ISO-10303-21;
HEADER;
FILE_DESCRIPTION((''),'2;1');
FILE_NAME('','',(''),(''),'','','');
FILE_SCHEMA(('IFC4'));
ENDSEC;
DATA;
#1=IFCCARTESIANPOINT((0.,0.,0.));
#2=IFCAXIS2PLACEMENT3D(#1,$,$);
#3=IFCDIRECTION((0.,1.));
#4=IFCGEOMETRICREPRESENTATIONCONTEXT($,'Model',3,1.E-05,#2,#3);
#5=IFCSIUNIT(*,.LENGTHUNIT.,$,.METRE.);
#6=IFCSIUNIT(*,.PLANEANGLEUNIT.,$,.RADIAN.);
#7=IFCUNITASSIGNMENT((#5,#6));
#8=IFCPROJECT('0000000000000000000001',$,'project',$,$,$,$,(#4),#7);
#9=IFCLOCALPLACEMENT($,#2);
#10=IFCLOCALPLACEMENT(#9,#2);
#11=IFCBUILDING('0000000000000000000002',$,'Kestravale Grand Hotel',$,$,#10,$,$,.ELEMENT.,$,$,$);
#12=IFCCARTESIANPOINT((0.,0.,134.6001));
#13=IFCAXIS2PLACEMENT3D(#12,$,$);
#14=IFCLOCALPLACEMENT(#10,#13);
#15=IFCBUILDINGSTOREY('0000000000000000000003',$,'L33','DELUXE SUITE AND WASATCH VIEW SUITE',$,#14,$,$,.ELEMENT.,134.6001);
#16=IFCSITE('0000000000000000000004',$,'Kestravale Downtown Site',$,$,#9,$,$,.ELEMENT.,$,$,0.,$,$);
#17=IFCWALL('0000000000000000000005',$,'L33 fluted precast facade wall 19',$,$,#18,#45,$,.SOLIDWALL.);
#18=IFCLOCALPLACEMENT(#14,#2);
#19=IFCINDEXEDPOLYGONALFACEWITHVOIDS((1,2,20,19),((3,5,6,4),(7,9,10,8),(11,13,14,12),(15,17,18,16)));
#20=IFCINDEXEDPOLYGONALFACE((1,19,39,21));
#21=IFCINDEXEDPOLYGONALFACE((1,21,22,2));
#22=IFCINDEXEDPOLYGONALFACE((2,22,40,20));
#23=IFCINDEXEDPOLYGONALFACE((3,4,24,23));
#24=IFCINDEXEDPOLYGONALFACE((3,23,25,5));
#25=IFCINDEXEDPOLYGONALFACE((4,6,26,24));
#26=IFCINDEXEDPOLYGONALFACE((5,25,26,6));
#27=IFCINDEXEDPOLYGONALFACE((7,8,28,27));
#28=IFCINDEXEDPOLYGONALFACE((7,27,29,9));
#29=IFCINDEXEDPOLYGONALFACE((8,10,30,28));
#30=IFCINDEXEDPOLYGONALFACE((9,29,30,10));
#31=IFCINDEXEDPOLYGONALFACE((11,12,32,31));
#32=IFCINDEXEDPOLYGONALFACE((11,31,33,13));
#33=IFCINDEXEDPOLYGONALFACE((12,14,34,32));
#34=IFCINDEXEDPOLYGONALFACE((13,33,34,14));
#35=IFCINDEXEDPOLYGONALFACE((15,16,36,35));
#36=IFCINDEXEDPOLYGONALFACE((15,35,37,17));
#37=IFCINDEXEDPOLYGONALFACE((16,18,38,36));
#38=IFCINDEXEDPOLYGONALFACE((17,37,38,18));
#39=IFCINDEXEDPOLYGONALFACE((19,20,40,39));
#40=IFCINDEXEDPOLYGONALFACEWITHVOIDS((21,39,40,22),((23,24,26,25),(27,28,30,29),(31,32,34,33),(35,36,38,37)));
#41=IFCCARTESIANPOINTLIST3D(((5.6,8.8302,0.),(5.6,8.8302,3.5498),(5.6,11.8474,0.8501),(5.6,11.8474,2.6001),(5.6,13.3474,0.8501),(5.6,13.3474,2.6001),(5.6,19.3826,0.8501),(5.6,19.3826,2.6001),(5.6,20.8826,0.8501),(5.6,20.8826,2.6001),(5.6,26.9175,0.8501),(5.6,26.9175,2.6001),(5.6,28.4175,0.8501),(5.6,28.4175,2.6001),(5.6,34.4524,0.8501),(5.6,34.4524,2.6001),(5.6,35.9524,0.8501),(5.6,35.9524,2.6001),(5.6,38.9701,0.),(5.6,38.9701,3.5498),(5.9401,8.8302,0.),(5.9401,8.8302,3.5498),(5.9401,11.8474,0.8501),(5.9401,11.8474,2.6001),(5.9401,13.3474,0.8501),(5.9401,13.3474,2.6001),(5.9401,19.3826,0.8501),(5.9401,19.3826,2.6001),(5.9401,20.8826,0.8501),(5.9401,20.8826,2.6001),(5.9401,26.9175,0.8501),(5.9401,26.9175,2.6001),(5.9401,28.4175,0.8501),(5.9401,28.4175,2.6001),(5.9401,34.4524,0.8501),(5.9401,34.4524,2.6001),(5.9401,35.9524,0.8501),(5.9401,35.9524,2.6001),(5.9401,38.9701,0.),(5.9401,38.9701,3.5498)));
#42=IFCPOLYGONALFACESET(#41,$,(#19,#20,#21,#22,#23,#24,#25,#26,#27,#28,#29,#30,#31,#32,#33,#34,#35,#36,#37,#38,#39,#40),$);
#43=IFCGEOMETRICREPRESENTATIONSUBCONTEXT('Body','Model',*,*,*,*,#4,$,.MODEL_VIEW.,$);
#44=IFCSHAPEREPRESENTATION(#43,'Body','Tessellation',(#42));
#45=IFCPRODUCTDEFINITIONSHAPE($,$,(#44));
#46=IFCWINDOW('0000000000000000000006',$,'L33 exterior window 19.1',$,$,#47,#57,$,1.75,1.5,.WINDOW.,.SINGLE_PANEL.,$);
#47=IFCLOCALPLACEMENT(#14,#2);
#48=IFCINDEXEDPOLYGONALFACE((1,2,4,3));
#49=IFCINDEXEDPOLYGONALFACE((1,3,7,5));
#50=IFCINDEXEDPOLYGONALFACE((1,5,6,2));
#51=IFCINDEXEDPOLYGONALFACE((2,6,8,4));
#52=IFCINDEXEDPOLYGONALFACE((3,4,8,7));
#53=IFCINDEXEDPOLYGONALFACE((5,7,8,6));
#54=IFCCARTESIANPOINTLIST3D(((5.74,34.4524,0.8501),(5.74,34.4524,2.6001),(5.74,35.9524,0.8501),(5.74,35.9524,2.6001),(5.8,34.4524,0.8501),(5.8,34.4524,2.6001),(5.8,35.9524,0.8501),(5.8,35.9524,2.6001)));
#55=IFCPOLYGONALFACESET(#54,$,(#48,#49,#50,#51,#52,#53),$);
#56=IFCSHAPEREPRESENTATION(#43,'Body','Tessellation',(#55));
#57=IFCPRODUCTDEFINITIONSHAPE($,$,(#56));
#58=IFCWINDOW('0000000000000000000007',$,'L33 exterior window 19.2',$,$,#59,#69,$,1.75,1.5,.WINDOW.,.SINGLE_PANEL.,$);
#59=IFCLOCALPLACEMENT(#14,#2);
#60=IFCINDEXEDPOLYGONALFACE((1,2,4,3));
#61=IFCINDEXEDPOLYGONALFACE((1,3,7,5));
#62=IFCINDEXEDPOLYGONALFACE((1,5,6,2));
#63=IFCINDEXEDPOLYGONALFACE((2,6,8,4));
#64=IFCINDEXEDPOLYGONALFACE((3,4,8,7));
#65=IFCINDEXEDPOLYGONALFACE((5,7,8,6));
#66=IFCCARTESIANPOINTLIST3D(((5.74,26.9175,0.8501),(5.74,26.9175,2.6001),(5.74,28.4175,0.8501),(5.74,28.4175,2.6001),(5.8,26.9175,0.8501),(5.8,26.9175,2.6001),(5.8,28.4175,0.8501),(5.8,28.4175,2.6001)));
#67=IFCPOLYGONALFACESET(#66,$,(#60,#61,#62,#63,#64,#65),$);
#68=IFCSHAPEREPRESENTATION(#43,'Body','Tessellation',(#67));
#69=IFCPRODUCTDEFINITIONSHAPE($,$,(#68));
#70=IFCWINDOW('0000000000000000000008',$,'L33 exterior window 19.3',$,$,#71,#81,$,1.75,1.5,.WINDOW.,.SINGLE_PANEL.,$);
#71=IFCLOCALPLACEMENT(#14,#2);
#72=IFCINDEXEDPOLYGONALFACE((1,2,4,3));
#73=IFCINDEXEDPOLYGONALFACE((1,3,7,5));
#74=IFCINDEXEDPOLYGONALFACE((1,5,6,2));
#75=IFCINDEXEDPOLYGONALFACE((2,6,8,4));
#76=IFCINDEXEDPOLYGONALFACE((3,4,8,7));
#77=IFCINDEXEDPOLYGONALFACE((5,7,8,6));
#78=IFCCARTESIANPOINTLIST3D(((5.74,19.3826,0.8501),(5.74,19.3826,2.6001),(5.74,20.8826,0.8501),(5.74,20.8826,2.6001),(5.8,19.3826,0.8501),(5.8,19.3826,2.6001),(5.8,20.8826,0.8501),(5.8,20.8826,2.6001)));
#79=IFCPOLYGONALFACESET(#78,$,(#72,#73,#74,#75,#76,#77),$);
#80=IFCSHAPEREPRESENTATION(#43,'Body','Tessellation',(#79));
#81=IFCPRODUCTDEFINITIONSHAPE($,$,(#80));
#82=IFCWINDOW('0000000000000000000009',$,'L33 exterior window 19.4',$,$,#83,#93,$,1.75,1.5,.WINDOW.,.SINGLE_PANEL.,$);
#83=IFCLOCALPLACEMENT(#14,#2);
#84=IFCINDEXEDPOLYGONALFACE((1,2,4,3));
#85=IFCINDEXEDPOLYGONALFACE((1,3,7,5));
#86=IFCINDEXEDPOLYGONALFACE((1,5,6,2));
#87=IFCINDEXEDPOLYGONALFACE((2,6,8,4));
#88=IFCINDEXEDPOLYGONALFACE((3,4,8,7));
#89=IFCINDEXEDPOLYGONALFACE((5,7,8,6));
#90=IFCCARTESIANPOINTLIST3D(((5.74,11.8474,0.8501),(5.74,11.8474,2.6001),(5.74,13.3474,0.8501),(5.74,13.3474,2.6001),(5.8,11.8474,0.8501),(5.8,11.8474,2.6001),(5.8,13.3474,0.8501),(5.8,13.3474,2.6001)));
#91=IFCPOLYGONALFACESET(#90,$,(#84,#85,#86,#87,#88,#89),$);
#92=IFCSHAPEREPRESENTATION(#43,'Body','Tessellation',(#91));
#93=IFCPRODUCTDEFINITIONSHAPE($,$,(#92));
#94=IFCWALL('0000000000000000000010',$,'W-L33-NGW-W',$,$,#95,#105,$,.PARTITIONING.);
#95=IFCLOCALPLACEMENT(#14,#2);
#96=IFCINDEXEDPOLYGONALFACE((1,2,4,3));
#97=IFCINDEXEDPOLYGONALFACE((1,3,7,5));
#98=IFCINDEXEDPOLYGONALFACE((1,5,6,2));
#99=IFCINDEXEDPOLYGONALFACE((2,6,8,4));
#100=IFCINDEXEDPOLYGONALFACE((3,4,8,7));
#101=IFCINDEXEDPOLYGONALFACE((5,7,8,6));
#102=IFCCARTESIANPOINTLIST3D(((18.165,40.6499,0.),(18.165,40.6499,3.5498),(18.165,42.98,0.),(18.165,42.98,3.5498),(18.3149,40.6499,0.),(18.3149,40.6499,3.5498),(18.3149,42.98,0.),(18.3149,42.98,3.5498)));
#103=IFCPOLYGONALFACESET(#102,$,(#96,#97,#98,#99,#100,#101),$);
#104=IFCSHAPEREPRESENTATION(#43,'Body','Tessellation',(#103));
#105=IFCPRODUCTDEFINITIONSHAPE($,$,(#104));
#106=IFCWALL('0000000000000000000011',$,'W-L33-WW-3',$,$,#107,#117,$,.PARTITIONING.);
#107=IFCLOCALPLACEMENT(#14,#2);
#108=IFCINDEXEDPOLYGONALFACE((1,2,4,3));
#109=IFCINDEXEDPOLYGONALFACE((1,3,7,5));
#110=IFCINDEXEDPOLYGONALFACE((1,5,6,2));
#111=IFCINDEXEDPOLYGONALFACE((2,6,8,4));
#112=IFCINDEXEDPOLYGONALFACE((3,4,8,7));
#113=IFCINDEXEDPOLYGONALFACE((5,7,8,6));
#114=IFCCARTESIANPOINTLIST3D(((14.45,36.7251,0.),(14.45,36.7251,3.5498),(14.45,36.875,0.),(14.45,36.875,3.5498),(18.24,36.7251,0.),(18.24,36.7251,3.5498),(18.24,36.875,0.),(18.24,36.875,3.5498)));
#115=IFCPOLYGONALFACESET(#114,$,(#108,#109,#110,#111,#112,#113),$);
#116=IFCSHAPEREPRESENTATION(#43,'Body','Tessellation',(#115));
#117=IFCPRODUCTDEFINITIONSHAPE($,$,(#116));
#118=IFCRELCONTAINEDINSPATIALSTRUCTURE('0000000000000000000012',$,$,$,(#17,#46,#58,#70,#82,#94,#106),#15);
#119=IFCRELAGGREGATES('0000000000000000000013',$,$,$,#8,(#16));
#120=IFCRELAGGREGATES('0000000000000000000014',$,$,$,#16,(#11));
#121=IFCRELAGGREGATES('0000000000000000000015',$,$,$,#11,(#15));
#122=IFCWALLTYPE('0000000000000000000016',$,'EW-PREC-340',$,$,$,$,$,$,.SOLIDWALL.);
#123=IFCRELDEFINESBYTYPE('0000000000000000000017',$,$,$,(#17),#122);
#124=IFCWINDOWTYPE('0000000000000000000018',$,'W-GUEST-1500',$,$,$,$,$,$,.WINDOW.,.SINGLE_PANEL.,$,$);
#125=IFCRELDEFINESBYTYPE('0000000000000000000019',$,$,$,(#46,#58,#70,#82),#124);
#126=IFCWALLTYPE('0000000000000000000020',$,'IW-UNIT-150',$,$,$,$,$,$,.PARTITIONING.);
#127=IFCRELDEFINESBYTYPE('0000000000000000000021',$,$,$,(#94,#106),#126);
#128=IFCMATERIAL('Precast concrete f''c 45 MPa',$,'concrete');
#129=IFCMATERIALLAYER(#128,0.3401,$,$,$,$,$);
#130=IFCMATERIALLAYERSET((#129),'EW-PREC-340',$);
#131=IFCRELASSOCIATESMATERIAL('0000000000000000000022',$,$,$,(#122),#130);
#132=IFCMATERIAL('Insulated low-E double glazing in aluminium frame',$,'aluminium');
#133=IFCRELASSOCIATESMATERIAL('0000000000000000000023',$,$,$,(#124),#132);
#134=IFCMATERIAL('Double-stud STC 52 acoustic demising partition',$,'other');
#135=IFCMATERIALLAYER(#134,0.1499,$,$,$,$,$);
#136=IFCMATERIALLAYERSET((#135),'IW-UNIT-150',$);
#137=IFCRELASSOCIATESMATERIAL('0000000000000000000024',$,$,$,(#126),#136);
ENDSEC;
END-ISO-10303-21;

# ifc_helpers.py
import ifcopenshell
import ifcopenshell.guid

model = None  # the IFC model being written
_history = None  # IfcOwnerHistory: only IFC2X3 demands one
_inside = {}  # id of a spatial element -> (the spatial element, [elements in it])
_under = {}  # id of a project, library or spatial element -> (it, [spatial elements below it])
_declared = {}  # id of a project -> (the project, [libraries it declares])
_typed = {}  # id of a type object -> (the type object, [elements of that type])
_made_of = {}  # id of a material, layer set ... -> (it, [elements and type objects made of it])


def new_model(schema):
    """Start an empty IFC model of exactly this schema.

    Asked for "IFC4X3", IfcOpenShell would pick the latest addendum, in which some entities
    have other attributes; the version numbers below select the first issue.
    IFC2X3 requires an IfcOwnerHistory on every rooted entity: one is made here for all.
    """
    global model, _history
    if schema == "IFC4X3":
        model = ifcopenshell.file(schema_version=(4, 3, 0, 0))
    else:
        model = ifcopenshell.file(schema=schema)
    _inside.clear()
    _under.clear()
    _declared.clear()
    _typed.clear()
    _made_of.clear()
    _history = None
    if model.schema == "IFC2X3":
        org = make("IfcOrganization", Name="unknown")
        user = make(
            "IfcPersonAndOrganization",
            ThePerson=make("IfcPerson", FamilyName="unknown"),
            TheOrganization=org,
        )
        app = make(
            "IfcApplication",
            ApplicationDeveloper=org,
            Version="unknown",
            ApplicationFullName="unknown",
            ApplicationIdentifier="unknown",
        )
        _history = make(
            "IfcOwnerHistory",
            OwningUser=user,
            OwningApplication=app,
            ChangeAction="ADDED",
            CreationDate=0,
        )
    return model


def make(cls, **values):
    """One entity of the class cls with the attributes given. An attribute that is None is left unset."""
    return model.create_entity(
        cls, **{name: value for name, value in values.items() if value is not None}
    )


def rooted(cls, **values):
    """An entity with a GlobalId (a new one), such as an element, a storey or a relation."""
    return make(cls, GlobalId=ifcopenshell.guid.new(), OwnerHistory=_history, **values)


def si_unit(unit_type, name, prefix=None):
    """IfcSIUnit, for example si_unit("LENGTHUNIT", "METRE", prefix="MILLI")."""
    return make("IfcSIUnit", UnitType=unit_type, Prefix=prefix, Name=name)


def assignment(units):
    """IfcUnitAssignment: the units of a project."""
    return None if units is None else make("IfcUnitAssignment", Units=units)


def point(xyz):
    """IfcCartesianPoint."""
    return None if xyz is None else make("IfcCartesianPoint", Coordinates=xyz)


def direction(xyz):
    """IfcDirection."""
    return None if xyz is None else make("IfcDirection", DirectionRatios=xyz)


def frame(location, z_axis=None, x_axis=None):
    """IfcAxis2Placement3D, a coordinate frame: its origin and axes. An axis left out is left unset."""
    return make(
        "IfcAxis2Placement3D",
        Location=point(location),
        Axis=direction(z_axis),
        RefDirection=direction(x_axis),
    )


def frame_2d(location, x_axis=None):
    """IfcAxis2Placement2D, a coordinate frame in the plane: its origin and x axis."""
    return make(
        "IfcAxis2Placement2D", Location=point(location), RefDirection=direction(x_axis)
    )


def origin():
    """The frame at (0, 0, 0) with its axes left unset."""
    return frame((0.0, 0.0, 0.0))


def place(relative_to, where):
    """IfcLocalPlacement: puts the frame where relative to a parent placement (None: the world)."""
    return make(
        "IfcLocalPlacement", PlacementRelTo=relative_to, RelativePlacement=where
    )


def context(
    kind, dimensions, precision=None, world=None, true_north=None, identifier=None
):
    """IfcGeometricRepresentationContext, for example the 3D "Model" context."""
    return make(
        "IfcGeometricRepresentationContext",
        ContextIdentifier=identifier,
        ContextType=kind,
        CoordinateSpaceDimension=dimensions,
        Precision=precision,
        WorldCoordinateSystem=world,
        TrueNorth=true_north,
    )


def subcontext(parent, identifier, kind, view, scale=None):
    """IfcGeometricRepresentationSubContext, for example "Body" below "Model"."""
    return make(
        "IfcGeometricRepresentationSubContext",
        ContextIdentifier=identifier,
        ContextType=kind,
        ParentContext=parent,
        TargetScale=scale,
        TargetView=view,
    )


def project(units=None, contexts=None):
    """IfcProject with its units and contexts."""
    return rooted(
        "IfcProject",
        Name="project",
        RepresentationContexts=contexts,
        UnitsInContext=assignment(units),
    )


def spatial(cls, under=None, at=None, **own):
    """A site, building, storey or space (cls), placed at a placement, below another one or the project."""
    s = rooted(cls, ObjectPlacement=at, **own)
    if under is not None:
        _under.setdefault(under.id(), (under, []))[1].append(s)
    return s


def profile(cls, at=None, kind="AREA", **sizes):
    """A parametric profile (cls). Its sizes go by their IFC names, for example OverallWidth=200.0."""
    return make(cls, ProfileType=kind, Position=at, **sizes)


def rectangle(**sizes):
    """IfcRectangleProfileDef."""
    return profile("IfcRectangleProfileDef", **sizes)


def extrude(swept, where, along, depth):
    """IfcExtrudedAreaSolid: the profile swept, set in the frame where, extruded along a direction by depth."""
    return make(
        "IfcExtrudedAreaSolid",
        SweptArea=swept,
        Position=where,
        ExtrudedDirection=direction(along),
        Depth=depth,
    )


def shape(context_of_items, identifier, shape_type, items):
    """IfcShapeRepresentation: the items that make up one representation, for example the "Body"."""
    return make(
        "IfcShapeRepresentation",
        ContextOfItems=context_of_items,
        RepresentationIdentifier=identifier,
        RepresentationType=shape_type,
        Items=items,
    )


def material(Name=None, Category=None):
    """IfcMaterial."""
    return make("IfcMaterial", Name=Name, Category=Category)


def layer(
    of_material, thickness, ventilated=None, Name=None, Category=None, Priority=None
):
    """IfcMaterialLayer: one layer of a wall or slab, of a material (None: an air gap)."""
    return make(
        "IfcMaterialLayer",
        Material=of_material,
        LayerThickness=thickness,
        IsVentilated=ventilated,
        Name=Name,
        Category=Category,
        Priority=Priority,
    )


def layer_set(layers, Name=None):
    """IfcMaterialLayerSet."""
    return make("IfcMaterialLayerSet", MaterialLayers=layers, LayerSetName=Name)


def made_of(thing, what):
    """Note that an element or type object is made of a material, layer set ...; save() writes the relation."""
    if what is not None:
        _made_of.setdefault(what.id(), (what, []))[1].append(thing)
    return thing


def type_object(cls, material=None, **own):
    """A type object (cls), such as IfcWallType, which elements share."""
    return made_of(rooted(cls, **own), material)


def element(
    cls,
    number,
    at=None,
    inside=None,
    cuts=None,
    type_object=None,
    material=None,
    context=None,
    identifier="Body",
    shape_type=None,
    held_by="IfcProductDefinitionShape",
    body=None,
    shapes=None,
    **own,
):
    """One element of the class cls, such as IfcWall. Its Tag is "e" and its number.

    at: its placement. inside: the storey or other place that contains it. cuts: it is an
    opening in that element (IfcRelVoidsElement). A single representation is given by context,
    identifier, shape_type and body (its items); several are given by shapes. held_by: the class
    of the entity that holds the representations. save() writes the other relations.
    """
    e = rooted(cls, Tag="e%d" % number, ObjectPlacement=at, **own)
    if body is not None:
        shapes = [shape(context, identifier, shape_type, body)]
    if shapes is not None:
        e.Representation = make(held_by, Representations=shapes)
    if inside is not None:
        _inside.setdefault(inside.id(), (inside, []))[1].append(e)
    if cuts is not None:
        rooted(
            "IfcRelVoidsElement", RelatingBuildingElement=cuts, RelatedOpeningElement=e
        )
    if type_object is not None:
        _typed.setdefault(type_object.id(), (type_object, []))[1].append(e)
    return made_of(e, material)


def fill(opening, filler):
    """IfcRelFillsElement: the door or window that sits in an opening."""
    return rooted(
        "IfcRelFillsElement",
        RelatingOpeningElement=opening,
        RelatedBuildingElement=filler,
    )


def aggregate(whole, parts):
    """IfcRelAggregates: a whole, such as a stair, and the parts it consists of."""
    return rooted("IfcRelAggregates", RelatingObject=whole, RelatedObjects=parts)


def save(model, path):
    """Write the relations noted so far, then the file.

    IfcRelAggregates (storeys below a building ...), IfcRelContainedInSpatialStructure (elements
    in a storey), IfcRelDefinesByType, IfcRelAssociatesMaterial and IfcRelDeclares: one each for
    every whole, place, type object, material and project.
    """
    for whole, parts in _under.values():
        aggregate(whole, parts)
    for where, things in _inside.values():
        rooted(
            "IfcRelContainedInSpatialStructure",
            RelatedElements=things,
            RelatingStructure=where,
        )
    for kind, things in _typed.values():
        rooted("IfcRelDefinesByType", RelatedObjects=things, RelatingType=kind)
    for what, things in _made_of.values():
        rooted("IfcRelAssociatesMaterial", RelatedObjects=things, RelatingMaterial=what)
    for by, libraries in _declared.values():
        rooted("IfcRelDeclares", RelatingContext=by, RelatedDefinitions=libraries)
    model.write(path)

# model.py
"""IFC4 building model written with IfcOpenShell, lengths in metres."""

from ifc_helpers import new_model, si_unit, direction, frame, frame_2d, origin, place, context, subcontext, project, spatial, rectangle, extrude, material, layer, layer_set, type_object, element, fill, save


model = new_model("IFC4")

# Units and contexts
model_context = context("Model", 3, precision=1e-05, world=origin(), true_north=direction((0.0, 1.0)))
body_context = subcontext(model_context, "Body", "Model", "MODEL_VIEW")
ifc_project = project(units=[si_unit("LENGTHUNIT", "METRE"), si_unit("PLANEANGLEUNIT", "RADIAN")], contexts=[model_context])

# Site, building, storey
site_placement = place(None, origin())
site = spatial("IfcSite", under=ifc_project, at=site_placement, Name="Kestravale Downtown Site", CompositionType="ELEMENT", RefElevation=0.0)
building_placement = place(site_placement, origin())
building = spatial("IfcBuilding", under=site, at=building_placement, Name="Kestravale Grand Hotel", CompositionType="ELEMENT")
storey_placement = place(building_placement, frame((0.0, 0.0, 134.6001)))
storey = spatial("IfcBuildingStorey", under=building, at=storey_placement, Name="L33", Description="DELUXE SUITE AND WASATCH VIEW SUITE", CompositionType="ELEMENT", Elevation=134.6001)

# Wall, openings, windows
ifc_material_1 = material(Name="Precast concrete f'c 45 MPa", Category="concrete")
ifc_layer_1 = layer(ifc_material_1, 0.3401)
ifc_layer_set_1 = layer_set([ifc_layer_1], Name="EW-PREC-340")
wall_type_1 = type_object("IfcWallType", Name="EW-PREC-340", PredefinedType="SOLIDWALL", material=ifc_layer_set_1)
wall_1_placement = place(storey_placement, frame((5.77, 38.97, 0.0), z_axis=(0.0, 0.0, 1.0), x_axis=(0.0, -1.0, 0.0)))
wall_1 = element("IfcWall", 1, at=wall_1_placement, inside=storey, type_object=wall_type_1, Name="L33 fluted precast facade wall 19", PredefinedType="SOLIDWALL", context=body_context, shape_type="SweptSolid", body=[
    extrude(rectangle(XDim=30.1399, YDim=0.3401, at=frame_2d((15.0698, 0.0))), origin(), (0.0, 0.0, 1.0), 3.5498),
])
opening_1_placement = place(wall_1_placement, frame((3.0176, 0.0, 0.8501)))
opening_1 = element("IfcOpeningElement", 2, at=opening_1_placement, cuts=wall_1, PredefinedType="OPENING", context=body_context, shape_type="SweptSolid", body=[
    extrude(rectangle(XDim=1.5, YDim=1.75, at=frame_2d((0.75, 0.875))), frame((0.0, 0.1799, 0.0), z_axis=(0.0, -1.0, 0.0), x_axis=(1.0, 0.0, 0.0)), (0.0, 0.0, 1.0), 0.3601),
])
opening_2_placement = place(wall_1_placement, frame((10.5525, 0.0, 0.8501)))
opening_2 = element("IfcOpeningElement", 3, at=opening_2_placement, cuts=wall_1, PredefinedType="OPENING", context=body_context, shape_type="SweptSolid", body=[
    extrude(rectangle(XDim=1.5, YDim=1.75, at=frame_2d((0.75, 0.875))), frame((0.0, 0.1799, 0.0), z_axis=(0.0, -1.0, 0.0), x_axis=(1.0, 0.0, 0.0)), (0.0, 0.0, 1.0), 0.3601),
])
opening_3_placement = place(wall_1_placement, frame((18.0874, 0.0, 0.8501)))
opening_3 = element("IfcOpeningElement", 4, at=opening_3_placement, cuts=wall_1, PredefinedType="OPENING", context=body_context, shape_type="SweptSolid", body=[
    extrude(rectangle(XDim=1.5, YDim=1.75, at=frame_2d((0.75, 0.875))), frame((0.0, 0.1799, 0.0), z_axis=(0.0, -1.0, 0.0), x_axis=(1.0, 0.0, 0.0)), (0.0, 0.0, 1.0), 0.3601),
])
opening_4_placement = place(wall_1_placement, frame((25.6226, 0.0, 0.8501)))
opening_4 = element("IfcOpeningElement", 5, at=opening_4_placement, cuts=wall_1, PredefinedType="OPENING", context=body_context, shape_type="SweptSolid", body=[
    extrude(rectangle(XDim=1.5, YDim=1.75, at=frame_2d((0.75, 0.875))), frame((0.0, 0.1799, 0.0), z_axis=(0.0, -1.0, 0.0), x_axis=(1.0, 0.0, 0.0)), (0.0, 0.0, 1.0), 0.3601),
])
ifc_material_2 = material(Name="Insulated low-E double glazing in aluminium frame", Category="aluminium")
window_type = type_object("IfcWindowType", Name="W-GUEST-1500", PartitioningType="SINGLE_PANEL", PredefinedType="WINDOW", material=ifc_material_2)
window_1_placement = place(opening_1_placement, origin())
window_1 = element("IfcWindow", 6, at=window_1_placement, inside=storey, type_object=window_type, Name="L33 exterior window 19.1", OverallHeight=1.75, OverallWidth=1.5, PartitioningType="SINGLE_PANEL", PredefinedType="WINDOW", context=body_context, shape_type="SweptSolid", body=[
    extrude(rectangle(XDim=1.5, YDim=1.75, at=frame_2d((0.75, 0.875))), frame((0.0, 0.03, 0.0), z_axis=(0.0, -1.0, 0.0), x_axis=(1.0, 0.0, 0.0)), (0.0, 0.0, 1.0), 0.0601),
])
fill(opening_1, window_1)
window_2_placement = place(opening_2_placement, origin())
window_2 = element("IfcWindow", 7, at=window_2_placement, inside=storey, type_object=window_type, Name="L33 exterior window 19.2", OverallHeight=1.75, OverallWidth=1.5, PartitioningType="SINGLE_PANEL", PredefinedType="WINDOW", context=body_context, shape_type="SweptSolid", body=[
    extrude(rectangle(XDim=1.5, YDim=1.75, at=frame_2d((0.75, 0.875))), frame((0.0, 0.03, 0.0), z_axis=(0.0, -1.0, 0.0), x_axis=(1.0, 0.0, 0.0)), (0.0, 0.0, 1.0), 0.0601),
])
fill(opening_2, window_2)
window_3_placement = place(opening_3_placement, origin())
window_3 = element("IfcWindow", 8, at=window_3_placement, inside=storey, type_object=window_type, Name="L33 exterior window 19.3", OverallHeight=1.75, OverallWidth=1.5, PartitioningType="SINGLE_PANEL", PredefinedType="WINDOW", context=body_context, shape_type="SweptSolid", body=[
    extrude(rectangle(XDim=1.5, YDim=1.75, at=frame_2d((0.75, 0.875))), frame((0.0, 0.03, 0.0), z_axis=(0.0, -1.0, 0.0), x_axis=(1.0, 0.0, 0.0)), (0.0, 0.0, 1.0), 0.0601),
])
fill(opening_3, window_3)
window_4_placement = place(opening_4_placement, origin())
window_4 = element("IfcWindow", 9, at=window_4_placement, inside=storey, type_object=window_type, Name="L33 exterior window 19.4", OverallHeight=1.75, OverallWidth=1.5, PartitioningType="SINGLE_PANEL", PredefinedType="WINDOW", context=body_context, shape_type="SweptSolid", body=[
    extrude(rectangle(XDim=1.5, YDim=1.75, at=frame_2d((0.75, 0.875))), frame((0.0, 0.03, 0.0), z_axis=(0.0, -1.0, 0.0), x_axis=(1.0, 0.0, 0.0)), (0.0, 0.0, 1.0), 0.0601),
])
fill(opening_4, window_4)

# Shared definitions
ifc_material_3 = material(Name="Double-stud STC 52 acoustic demising partition", Category="other")
ifc_layer_2 = layer(ifc_material_3, 0.1499)
ifc_layer_set_2 = layer_set([ifc_layer_2], Name="IW-UNIT-150")
wall_type_2 = type_object("IfcWallType", Name="IW-UNIT-150", PredefinedType="PARTITIONING", material=ifc_layer_set_2)

# Walls
wall_2_placement = place(storey_placement, frame((18.24, 40.6499, 0.0), z_axis=(0.0, 0.0, 1.0), x_axis=(0.0, 1.0, 0.0)))
element("IfcWall", 10, at=wall_2_placement, inside=storey, type_object=wall_type_2, Name="W-L33-NGW-W", PredefinedType="PARTITIONING", context=body_context, shape_type="SweptSolid", body=[
    extrude(rectangle(XDim=2.3301, YDim=0.1499, at=frame_2d((1.165, 0.0))), origin(), (0.0, 0.0, 1.0), 3.5498),
])
wall_3_placement = place(storey_placement, frame((14.45, 36.8, 0.0), z_axis=(0.0, 0.0, 1.0), x_axis=(1.0, 0.0, 0.0)))
element("IfcWall", 11, at=wall_3_placement, inside=storey, type_object=wall_type_2, Name="W-L33-WW-3", PredefinedType="PARTITIONING", context=body_context, shape_type="SweptSolid", body=[
    extrude(rectangle(XDim=3.79, YDim=0.1499, at=frame_2d((1.895, 0.0))), origin(), (0.0, 0.0, 1.0), 3.5498),
])

save(model, "model.ifc")
